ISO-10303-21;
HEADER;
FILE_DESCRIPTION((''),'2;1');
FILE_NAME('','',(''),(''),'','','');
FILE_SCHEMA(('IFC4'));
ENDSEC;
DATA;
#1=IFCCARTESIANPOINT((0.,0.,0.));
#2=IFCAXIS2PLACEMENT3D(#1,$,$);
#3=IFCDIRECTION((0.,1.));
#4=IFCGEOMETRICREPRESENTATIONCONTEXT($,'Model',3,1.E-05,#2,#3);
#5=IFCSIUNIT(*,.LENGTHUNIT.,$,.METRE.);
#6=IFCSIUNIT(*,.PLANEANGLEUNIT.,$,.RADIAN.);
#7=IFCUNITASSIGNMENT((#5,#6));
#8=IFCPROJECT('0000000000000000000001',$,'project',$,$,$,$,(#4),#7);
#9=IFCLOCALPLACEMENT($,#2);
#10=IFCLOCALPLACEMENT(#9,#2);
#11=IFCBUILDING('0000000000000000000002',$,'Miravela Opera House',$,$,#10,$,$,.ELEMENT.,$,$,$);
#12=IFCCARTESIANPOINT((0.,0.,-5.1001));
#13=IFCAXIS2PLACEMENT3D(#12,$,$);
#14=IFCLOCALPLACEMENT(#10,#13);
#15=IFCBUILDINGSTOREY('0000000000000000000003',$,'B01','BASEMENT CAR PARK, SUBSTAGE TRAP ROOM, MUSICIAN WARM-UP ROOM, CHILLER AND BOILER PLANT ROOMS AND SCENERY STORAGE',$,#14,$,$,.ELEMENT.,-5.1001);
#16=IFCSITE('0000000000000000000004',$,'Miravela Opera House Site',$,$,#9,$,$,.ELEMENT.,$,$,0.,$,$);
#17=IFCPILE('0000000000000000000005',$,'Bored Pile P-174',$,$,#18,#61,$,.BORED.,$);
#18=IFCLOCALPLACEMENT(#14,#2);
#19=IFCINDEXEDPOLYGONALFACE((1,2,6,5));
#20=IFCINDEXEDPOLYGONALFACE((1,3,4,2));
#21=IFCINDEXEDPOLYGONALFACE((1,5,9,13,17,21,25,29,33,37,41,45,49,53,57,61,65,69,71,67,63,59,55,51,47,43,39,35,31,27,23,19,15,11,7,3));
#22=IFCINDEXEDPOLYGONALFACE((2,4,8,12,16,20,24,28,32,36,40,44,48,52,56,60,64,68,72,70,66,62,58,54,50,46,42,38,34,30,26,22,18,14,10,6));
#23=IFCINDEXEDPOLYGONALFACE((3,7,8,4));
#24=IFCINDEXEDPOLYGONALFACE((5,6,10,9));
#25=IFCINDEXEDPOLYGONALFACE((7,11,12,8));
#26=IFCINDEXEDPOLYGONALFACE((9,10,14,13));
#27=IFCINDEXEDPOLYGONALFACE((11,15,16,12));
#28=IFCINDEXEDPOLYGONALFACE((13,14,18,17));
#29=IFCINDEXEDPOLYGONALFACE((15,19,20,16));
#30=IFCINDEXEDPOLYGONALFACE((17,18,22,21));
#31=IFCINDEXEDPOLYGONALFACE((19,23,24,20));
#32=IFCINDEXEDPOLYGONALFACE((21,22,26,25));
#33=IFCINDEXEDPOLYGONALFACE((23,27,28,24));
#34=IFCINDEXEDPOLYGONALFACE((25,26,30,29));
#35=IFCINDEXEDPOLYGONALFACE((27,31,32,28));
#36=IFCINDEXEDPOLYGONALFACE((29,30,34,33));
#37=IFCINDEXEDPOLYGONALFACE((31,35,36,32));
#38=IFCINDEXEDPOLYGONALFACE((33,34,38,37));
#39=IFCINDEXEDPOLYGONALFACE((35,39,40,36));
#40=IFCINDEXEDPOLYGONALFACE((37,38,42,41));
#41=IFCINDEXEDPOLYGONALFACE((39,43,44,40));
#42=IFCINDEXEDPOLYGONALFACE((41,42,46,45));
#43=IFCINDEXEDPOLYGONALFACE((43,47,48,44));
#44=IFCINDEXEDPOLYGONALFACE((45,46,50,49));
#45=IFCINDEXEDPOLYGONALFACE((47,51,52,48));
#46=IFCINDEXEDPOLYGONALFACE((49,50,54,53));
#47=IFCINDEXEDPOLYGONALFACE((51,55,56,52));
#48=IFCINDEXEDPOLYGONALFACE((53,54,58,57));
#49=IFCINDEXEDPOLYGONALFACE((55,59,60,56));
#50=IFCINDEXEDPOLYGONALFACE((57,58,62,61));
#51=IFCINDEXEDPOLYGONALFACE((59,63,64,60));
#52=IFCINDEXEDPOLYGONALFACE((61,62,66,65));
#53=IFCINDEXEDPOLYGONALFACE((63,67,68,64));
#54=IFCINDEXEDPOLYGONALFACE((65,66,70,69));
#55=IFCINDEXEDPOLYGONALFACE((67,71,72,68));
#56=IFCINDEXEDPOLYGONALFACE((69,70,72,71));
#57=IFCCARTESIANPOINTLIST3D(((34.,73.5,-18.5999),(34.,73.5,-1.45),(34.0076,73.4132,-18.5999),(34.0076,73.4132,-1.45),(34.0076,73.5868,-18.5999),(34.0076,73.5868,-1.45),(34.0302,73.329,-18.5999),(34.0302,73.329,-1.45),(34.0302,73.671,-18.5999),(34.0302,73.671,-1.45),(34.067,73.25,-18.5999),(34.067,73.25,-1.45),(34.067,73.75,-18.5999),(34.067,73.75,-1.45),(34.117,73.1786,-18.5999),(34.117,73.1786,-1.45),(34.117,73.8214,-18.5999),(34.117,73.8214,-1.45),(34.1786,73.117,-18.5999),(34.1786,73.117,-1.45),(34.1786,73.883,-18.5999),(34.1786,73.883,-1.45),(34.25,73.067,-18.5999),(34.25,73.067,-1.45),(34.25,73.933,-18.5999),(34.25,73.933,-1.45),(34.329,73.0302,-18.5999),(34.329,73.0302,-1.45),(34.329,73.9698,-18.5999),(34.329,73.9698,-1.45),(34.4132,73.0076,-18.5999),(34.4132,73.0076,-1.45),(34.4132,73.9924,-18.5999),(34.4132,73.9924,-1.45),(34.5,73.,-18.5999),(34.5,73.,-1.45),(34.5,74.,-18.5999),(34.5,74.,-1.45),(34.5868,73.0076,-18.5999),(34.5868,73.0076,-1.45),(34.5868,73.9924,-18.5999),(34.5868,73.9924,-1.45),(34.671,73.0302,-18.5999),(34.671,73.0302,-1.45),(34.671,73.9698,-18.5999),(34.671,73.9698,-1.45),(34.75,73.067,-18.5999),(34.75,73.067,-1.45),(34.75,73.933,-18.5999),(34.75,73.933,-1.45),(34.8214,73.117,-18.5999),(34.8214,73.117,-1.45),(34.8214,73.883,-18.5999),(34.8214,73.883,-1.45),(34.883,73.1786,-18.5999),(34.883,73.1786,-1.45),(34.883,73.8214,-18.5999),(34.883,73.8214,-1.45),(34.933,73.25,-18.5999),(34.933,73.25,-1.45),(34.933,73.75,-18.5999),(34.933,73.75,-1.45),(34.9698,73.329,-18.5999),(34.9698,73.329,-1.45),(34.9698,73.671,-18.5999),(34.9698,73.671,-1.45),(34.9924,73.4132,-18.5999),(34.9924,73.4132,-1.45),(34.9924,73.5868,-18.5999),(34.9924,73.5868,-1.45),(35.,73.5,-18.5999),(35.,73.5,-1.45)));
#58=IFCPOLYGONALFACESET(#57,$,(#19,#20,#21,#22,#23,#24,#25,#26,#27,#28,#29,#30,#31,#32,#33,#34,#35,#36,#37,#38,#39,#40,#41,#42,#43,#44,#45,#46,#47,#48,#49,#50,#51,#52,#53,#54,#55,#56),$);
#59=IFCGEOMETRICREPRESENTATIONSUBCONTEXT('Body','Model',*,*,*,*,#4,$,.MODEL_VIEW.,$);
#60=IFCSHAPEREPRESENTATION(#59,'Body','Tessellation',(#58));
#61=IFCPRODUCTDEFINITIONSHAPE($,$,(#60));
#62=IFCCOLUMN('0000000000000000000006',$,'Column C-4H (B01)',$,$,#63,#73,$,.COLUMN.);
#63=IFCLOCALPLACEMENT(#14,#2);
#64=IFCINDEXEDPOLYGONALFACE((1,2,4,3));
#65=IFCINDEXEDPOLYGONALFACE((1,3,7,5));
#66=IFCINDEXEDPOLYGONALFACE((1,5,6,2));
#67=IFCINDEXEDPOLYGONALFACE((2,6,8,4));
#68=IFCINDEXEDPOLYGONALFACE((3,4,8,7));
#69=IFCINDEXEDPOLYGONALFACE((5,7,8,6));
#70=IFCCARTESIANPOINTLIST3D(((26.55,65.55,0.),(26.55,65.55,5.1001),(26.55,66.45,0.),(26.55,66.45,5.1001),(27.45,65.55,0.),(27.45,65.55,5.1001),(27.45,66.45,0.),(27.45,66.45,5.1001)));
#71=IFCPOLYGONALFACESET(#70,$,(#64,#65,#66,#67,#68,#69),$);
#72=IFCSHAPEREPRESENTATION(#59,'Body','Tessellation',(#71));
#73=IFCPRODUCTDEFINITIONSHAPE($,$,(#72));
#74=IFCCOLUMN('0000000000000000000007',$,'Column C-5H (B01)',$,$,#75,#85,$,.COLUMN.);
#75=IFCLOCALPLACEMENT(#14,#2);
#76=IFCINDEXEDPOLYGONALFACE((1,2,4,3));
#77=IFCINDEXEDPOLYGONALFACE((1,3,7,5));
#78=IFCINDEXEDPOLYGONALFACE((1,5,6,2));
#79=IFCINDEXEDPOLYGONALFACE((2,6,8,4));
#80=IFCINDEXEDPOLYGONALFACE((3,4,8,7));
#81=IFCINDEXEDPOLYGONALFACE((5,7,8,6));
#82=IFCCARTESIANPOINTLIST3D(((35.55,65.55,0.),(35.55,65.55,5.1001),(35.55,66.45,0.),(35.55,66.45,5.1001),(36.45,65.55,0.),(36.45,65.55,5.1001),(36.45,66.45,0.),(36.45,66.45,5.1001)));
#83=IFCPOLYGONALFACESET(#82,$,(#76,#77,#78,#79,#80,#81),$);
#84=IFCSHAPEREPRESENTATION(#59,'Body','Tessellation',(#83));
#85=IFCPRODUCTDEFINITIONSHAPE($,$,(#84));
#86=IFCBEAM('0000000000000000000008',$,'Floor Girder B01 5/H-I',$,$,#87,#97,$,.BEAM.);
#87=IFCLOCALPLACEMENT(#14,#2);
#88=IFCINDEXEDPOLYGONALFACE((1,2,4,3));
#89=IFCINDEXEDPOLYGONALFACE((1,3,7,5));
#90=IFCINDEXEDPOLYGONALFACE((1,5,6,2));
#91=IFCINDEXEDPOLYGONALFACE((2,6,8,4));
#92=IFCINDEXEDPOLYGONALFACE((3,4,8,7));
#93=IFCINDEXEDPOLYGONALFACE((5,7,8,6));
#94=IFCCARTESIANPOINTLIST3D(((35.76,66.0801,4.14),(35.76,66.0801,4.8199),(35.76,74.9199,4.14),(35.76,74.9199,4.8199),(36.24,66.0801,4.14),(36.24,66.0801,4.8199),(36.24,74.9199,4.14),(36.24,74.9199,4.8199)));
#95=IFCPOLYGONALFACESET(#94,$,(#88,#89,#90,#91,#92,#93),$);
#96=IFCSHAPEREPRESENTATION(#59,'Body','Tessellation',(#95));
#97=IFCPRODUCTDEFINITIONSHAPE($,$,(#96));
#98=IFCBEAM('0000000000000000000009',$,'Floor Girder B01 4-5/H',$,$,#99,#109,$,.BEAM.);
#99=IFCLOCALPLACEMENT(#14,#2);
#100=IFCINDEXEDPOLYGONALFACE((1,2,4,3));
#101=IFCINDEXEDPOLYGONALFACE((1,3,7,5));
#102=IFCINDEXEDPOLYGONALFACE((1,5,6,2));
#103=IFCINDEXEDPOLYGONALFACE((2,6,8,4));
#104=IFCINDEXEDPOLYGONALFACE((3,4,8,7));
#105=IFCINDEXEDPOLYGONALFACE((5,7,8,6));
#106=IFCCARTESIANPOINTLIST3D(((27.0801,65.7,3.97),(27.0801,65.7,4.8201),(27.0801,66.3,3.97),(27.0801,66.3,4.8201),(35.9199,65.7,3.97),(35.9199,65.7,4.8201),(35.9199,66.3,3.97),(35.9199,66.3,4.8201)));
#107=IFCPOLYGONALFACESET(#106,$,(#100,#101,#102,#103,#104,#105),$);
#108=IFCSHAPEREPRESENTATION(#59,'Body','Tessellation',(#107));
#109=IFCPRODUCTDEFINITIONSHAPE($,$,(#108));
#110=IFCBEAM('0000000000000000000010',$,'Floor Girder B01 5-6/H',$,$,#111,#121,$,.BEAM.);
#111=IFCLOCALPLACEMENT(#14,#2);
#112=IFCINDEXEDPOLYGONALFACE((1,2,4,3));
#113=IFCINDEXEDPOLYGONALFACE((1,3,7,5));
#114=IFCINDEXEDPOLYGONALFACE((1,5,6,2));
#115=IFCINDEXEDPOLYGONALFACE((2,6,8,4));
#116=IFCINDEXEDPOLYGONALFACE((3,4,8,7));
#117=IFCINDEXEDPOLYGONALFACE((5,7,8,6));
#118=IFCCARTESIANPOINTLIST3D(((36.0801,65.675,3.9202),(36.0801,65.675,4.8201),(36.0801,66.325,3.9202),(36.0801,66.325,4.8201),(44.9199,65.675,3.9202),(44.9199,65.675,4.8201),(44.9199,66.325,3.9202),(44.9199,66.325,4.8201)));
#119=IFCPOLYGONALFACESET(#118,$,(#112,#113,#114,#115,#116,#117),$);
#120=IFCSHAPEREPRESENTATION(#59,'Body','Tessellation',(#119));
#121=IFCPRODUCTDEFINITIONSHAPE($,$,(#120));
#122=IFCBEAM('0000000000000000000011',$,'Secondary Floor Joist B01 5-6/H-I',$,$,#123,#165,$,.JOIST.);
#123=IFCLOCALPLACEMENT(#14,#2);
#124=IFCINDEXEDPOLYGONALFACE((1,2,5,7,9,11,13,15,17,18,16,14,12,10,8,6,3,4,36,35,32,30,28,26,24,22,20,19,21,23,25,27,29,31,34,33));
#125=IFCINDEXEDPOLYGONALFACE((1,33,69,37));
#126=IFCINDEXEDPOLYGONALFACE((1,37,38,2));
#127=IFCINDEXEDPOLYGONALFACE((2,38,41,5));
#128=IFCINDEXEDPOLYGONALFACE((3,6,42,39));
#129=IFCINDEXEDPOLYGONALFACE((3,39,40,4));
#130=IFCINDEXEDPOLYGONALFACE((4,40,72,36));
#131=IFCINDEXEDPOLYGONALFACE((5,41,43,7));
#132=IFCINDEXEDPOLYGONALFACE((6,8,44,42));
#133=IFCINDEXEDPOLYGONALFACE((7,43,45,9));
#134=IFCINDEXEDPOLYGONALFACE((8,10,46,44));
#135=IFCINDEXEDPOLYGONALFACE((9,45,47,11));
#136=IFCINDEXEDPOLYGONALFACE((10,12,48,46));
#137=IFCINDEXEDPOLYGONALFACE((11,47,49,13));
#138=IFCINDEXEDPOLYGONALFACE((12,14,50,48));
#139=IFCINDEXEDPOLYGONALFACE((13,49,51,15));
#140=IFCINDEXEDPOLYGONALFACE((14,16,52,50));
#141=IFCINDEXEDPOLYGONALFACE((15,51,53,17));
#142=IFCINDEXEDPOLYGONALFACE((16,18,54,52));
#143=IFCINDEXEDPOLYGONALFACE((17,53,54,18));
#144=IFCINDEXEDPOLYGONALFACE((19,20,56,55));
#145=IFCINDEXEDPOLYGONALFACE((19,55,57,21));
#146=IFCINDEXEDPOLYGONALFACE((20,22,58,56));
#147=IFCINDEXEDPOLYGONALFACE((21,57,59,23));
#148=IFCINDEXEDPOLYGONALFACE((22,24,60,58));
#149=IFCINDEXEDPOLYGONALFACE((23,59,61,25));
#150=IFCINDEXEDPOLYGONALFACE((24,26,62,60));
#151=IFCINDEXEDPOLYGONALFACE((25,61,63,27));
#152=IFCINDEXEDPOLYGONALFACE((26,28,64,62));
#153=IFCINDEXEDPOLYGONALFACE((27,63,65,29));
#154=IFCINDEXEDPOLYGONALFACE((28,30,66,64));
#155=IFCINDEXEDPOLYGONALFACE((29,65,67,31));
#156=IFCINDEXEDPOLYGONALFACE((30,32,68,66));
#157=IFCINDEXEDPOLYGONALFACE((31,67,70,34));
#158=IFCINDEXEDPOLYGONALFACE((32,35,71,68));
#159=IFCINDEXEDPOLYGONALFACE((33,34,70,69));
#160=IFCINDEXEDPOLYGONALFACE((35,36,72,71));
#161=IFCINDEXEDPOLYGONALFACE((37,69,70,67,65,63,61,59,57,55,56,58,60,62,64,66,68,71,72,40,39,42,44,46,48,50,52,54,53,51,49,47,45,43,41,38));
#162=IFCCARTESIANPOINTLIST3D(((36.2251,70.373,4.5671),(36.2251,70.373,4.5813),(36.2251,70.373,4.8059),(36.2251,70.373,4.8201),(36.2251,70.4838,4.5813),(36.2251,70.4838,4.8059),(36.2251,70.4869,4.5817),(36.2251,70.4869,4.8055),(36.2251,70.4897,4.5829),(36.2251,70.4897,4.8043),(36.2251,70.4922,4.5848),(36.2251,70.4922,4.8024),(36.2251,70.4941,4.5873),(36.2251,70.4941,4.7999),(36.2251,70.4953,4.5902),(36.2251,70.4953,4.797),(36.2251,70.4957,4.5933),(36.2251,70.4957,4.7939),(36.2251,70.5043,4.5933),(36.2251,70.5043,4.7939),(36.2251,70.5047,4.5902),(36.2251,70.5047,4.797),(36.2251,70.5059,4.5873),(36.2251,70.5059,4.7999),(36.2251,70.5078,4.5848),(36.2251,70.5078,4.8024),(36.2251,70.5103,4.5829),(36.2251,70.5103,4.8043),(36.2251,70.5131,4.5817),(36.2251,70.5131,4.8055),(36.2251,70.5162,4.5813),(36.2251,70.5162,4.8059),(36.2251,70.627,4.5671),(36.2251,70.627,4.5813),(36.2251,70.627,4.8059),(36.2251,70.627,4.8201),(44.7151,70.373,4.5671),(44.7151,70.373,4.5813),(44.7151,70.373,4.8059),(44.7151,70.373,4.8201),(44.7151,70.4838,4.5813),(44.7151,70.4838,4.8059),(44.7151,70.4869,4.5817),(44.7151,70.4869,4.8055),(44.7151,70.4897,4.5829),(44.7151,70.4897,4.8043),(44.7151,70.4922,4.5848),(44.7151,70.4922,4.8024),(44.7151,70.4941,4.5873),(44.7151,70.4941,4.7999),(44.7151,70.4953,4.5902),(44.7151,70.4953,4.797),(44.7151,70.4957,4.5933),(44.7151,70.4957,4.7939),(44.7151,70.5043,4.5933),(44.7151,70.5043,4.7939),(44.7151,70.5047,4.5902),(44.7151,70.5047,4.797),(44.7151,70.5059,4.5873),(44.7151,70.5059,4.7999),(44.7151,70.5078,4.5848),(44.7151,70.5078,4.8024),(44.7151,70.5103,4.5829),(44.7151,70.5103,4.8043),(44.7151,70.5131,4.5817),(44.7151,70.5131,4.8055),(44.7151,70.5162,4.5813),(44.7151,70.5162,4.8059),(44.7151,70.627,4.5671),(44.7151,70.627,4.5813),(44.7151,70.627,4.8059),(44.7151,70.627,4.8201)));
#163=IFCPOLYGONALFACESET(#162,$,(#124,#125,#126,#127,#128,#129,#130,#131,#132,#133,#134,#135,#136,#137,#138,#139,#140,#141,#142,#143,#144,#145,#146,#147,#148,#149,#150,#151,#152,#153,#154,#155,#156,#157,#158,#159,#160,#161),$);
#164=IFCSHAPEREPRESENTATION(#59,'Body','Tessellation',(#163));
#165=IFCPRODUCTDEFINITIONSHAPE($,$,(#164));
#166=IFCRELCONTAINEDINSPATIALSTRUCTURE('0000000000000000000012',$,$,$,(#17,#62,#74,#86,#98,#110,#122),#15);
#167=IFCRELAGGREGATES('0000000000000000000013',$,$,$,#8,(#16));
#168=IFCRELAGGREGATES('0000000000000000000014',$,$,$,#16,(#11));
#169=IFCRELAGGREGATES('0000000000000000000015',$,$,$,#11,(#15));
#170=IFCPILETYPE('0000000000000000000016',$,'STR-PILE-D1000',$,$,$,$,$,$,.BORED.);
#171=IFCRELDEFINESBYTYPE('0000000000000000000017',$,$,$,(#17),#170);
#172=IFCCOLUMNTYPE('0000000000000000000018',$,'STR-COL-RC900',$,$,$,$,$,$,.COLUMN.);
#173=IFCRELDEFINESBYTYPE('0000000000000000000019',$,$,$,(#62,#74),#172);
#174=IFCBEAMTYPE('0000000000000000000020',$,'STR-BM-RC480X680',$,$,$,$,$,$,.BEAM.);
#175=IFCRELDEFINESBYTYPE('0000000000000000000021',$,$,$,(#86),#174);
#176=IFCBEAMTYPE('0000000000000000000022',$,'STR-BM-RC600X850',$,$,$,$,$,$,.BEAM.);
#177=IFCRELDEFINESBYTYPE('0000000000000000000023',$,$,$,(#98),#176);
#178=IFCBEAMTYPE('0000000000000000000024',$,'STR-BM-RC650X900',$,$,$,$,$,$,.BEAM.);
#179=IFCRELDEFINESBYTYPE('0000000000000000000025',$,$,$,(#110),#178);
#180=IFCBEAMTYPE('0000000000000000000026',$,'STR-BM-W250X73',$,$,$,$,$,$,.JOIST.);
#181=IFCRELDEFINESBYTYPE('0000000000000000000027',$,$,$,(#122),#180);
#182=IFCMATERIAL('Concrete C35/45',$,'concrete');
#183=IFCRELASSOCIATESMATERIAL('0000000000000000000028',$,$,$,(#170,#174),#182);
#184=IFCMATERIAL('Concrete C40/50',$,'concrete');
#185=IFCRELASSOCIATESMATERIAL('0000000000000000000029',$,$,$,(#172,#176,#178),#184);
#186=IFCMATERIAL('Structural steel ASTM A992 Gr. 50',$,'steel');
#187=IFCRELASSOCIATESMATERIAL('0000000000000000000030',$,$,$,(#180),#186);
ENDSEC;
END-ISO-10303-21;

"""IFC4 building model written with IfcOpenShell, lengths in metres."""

from ifc_helpers import new_model, si_unit, direction, frame, origin, origin_2d, place, context, subcontext, project, spatial, rectangle, circle, i_section, extrude, material, material_profile, profile_set, type_object, element, save


model = new_model("IFC4")

# Units and contexts
model_context = context("Model", 3, precision=1e-05, world=origin(), true_north=direction((0.0, 1.0)))
body_context = subcontext(model_context, "Body", "Model", "MODEL_VIEW")
ifc_project = project(units=[si_unit("LENGTHUNIT", "METRE"), si_unit("PLANEANGLEUNIT", "RADIAN")], contexts=[model_context])

# Site, building, storey
site_placement = place(None, origin())
site = spatial("IfcSite", under=ifc_project, at=site_placement, Name="Miravela Opera House Site", CompositionType="ELEMENT", RefElevation=0.0)
building_placement = place(site_placement, origin())
building = spatial("IfcBuilding", under=site, at=building_placement, Name="Miravela Opera House", CompositionType="ELEMENT")
storey_placement = place(building_placement, frame((0.0, 0.0, -5.1001)))
storey = spatial("IfcBuildingStorey", under=building, at=storey_placement, Name="B01", Description="BASEMENT CAR PARK, SUBSTAGE TRAP ROOM, MUSICIAN WARM-UP ROOM, CHILLER AND BOILER PLANT ROOMS AND SCENERY STORAGE", CompositionType="ELEMENT", Elevation=-5.1001)

# Shared definitions
ifc_material_1 = material(Name="Concrete C35/45", Category="concrete")

# Pile
ifc_material_profile_1 = material_profile(ifc_material_1, circle(Radius=0.5, at=origin_2d()), Name="PILE-D1000")
ifc_profile_set_1 = profile_set([ifc_material_profile_1])
pile_type = type_object("IfcPileType", Name="STR-PILE-D1000", PredefinedType="BORED", material=ifc_profile_set_1)
for number, where, z_axis, x_axis, name in (
    (1, (34.5, 73.5, -1.45), (0.0, 0.0, -1.0), (1.0, 0.0, 0.0), "Bored Pile P-174"),
):
    element("IfcPile", number, at=place(storey_placement, frame(where, z_axis=z_axis, x_axis=x_axis)), inside=storey, type_object=pile_type, Name=name, PredefinedType="BORED", context=body_context, shape_type="SweptSolid", body=[
        extrude(circle(Radius=0.5, at=origin_2d()), origin(), (0.0, 0.0, 1.0), 17.1499),
    ])

# Columns
ifc_material_2 = material(Name="Concrete C40/50", Category="concrete")
ifc_material_profile_2 = material_profile(ifc_material_2, rectangle(XDim=0.8999, YDim=0.8999, at=origin_2d()), Name="RC-COL-900X900")
ifc_profile_set_2 = profile_set([ifc_material_profile_2])
column_type = type_object("IfcColumnType", Name="STR-COL-RC900", PredefinedType="COLUMN", material=ifc_profile_set_2)
for number, where, z_axis, x_axis, name in (
    (2, (27.0, 66.0, 0.0), (0.0, 0.0, 1.0), (1.0, 0.0, 0.0), "Column C-4H (B01)"),
    (3, (36.0, 66.0, 0.0), (0.0, 0.0, 1.0), (1.0, 0.0, 0.0), "Column C-5H (B01)"),
):
    element("IfcColumn", number, at=place(storey_placement, frame(where, z_axis=z_axis, x_axis=x_axis)), inside=storey, type_object=column_type, Name=name, PredefinedType="COLUMN", context=body_context, shape_type="SweptSolid", body=[
        extrude(rectangle(XDim=0.8999, YDim=0.8999, at=origin_2d()), origin(), (0.0, 0.0, 1.0), 5.1001),
    ])

# Beams
ifc_material_profile_3 = material_profile(ifc_material_1, rectangle(XDim=0.48, YDim=0.6799, at=origin_2d()), Name="RC-BM-480X680")
ifc_profile_set_3 = profile_set([ifc_material_profile_3])
beam_type_1 = type_object("IfcBeamType", Name="STR-BM-RC480X680", PredefinedType="BEAM", material=ifc_profile_set_3)
beam_1_placement = place(storey_placement, frame((36.0, 66.0801, 4.48), z_axis=(0.0, 1.0, 0.0), x_axis=(-1.0, 0.0, 0.0)))
element("IfcBeam", 4, at=beam_1_placement, inside=storey, type_object=beam_type_1, Name="Floor Girder B01 5/H-I", PredefinedType="BEAM", context=body_context, shape_type="SweptSolid", body=[
    extrude(rectangle(XDim=0.48, YDim=0.6799, at=origin_2d()), origin(), (0.0, 0.0, 1.0), 8.8398),
])
ifc_material_profile_4 = material_profile(ifc_material_2, rectangle(XDim=0.6001, YDim=0.8501, at=origin_2d()), Name="RC-BM-600X850")
ifc_profile_set_4 = profile_set([ifc_material_profile_4])
beam_type_2 = type_object("IfcBeamType", Name="STR-BM-RC600X850", PredefinedType="BEAM", material=ifc_profile_set_4)
beam_2_placement = place(storey_placement, frame((27.0801, 66.0, 4.395), z_axis=(1.0, 0.0, 0.0), x_axis=(0.0, 1.0, 0.0)))
element("IfcBeam", 5, at=beam_2_placement, inside=storey, type_object=beam_type_2, Name="Floor Girder B01 4-5/H", PredefinedType="BEAM", context=body_context, shape_type="SweptSolid", body=[
    extrude(rectangle(XDim=0.6001, YDim=0.8501, at=origin_2d()), origin(), (0.0, 0.0, 1.0), 8.8398),
])
ifc_material_profile_5 = material_profile(ifc_material_2, rectangle(XDim=0.6499, YDim=0.8999, at=origin_2d()), Name="RC-BM-650X900")
ifc_profile_set_5 = profile_set([ifc_material_profile_5])
beam_type_3 = type_object("IfcBeamType", Name="STR-BM-RC650X900", PredefinedType="BEAM", material=ifc_profile_set_5)
beam_3_placement = place(storey_placement, frame((36.0801, 66.0, 4.3701), z_axis=(1.0, 0.0, 0.0), x_axis=(0.0, 1.0, 0.0)))
element("IfcBeam", 6, at=beam_3_placement, inside=storey, type_object=beam_type_3, Name="Floor Girder B01 5-6/H", PredefinedType="BEAM", context=body_context, shape_type="SweptSolid", body=[
    extrude(rectangle(XDim=0.6499, YDim=0.8999, at=origin_2d()), origin(), (0.0, 0.0, 1.0), 8.8398),
])
ifc_material_3 = material(Name="Structural steel ASTM A992 Gr. 50", Category="steel")
ifc_material_profile_6 = material_profile(ifc_material_3, i_section(OverallWidth=0.2539, OverallDepth=0.2529, WebThickness=0.0085, FlangeThickness=0.0142, FilletRadius=0.012, at=origin_2d()), Name="W250X73")
ifc_profile_set_6 = profile_set([ifc_material_profile_6])
beam_type_4 = type_object("IfcBeamType", Name="STR-BM-W250X73", PredefinedType="JOIST", material=ifc_profile_set_6)
beam_4_placement = place(storey_placement, frame((36.2251, 70.5, 4.6936), z_axis=(1.0, 0.0, 0.0), x_axis=(0.0, 1.0, 0.0)))
element("IfcBeam", 7, at=beam_4_placement, inside=storey, type_object=beam_type_4, Name="Secondary Floor Joist B01 5-6/H-I", PredefinedType="JOIST", context=body_context, shape_type="SweptSolid", body=[
    extrude(i_section(OverallWidth=0.2539, OverallDepth=0.2529, WebThickness=0.0085, FlangeThickness=0.0142, FilletRadius=0.012, at=origin_2d()), origin(), (0.0, 0.0, 1.0), 8.49),
])

save(model, "model.ifc")
